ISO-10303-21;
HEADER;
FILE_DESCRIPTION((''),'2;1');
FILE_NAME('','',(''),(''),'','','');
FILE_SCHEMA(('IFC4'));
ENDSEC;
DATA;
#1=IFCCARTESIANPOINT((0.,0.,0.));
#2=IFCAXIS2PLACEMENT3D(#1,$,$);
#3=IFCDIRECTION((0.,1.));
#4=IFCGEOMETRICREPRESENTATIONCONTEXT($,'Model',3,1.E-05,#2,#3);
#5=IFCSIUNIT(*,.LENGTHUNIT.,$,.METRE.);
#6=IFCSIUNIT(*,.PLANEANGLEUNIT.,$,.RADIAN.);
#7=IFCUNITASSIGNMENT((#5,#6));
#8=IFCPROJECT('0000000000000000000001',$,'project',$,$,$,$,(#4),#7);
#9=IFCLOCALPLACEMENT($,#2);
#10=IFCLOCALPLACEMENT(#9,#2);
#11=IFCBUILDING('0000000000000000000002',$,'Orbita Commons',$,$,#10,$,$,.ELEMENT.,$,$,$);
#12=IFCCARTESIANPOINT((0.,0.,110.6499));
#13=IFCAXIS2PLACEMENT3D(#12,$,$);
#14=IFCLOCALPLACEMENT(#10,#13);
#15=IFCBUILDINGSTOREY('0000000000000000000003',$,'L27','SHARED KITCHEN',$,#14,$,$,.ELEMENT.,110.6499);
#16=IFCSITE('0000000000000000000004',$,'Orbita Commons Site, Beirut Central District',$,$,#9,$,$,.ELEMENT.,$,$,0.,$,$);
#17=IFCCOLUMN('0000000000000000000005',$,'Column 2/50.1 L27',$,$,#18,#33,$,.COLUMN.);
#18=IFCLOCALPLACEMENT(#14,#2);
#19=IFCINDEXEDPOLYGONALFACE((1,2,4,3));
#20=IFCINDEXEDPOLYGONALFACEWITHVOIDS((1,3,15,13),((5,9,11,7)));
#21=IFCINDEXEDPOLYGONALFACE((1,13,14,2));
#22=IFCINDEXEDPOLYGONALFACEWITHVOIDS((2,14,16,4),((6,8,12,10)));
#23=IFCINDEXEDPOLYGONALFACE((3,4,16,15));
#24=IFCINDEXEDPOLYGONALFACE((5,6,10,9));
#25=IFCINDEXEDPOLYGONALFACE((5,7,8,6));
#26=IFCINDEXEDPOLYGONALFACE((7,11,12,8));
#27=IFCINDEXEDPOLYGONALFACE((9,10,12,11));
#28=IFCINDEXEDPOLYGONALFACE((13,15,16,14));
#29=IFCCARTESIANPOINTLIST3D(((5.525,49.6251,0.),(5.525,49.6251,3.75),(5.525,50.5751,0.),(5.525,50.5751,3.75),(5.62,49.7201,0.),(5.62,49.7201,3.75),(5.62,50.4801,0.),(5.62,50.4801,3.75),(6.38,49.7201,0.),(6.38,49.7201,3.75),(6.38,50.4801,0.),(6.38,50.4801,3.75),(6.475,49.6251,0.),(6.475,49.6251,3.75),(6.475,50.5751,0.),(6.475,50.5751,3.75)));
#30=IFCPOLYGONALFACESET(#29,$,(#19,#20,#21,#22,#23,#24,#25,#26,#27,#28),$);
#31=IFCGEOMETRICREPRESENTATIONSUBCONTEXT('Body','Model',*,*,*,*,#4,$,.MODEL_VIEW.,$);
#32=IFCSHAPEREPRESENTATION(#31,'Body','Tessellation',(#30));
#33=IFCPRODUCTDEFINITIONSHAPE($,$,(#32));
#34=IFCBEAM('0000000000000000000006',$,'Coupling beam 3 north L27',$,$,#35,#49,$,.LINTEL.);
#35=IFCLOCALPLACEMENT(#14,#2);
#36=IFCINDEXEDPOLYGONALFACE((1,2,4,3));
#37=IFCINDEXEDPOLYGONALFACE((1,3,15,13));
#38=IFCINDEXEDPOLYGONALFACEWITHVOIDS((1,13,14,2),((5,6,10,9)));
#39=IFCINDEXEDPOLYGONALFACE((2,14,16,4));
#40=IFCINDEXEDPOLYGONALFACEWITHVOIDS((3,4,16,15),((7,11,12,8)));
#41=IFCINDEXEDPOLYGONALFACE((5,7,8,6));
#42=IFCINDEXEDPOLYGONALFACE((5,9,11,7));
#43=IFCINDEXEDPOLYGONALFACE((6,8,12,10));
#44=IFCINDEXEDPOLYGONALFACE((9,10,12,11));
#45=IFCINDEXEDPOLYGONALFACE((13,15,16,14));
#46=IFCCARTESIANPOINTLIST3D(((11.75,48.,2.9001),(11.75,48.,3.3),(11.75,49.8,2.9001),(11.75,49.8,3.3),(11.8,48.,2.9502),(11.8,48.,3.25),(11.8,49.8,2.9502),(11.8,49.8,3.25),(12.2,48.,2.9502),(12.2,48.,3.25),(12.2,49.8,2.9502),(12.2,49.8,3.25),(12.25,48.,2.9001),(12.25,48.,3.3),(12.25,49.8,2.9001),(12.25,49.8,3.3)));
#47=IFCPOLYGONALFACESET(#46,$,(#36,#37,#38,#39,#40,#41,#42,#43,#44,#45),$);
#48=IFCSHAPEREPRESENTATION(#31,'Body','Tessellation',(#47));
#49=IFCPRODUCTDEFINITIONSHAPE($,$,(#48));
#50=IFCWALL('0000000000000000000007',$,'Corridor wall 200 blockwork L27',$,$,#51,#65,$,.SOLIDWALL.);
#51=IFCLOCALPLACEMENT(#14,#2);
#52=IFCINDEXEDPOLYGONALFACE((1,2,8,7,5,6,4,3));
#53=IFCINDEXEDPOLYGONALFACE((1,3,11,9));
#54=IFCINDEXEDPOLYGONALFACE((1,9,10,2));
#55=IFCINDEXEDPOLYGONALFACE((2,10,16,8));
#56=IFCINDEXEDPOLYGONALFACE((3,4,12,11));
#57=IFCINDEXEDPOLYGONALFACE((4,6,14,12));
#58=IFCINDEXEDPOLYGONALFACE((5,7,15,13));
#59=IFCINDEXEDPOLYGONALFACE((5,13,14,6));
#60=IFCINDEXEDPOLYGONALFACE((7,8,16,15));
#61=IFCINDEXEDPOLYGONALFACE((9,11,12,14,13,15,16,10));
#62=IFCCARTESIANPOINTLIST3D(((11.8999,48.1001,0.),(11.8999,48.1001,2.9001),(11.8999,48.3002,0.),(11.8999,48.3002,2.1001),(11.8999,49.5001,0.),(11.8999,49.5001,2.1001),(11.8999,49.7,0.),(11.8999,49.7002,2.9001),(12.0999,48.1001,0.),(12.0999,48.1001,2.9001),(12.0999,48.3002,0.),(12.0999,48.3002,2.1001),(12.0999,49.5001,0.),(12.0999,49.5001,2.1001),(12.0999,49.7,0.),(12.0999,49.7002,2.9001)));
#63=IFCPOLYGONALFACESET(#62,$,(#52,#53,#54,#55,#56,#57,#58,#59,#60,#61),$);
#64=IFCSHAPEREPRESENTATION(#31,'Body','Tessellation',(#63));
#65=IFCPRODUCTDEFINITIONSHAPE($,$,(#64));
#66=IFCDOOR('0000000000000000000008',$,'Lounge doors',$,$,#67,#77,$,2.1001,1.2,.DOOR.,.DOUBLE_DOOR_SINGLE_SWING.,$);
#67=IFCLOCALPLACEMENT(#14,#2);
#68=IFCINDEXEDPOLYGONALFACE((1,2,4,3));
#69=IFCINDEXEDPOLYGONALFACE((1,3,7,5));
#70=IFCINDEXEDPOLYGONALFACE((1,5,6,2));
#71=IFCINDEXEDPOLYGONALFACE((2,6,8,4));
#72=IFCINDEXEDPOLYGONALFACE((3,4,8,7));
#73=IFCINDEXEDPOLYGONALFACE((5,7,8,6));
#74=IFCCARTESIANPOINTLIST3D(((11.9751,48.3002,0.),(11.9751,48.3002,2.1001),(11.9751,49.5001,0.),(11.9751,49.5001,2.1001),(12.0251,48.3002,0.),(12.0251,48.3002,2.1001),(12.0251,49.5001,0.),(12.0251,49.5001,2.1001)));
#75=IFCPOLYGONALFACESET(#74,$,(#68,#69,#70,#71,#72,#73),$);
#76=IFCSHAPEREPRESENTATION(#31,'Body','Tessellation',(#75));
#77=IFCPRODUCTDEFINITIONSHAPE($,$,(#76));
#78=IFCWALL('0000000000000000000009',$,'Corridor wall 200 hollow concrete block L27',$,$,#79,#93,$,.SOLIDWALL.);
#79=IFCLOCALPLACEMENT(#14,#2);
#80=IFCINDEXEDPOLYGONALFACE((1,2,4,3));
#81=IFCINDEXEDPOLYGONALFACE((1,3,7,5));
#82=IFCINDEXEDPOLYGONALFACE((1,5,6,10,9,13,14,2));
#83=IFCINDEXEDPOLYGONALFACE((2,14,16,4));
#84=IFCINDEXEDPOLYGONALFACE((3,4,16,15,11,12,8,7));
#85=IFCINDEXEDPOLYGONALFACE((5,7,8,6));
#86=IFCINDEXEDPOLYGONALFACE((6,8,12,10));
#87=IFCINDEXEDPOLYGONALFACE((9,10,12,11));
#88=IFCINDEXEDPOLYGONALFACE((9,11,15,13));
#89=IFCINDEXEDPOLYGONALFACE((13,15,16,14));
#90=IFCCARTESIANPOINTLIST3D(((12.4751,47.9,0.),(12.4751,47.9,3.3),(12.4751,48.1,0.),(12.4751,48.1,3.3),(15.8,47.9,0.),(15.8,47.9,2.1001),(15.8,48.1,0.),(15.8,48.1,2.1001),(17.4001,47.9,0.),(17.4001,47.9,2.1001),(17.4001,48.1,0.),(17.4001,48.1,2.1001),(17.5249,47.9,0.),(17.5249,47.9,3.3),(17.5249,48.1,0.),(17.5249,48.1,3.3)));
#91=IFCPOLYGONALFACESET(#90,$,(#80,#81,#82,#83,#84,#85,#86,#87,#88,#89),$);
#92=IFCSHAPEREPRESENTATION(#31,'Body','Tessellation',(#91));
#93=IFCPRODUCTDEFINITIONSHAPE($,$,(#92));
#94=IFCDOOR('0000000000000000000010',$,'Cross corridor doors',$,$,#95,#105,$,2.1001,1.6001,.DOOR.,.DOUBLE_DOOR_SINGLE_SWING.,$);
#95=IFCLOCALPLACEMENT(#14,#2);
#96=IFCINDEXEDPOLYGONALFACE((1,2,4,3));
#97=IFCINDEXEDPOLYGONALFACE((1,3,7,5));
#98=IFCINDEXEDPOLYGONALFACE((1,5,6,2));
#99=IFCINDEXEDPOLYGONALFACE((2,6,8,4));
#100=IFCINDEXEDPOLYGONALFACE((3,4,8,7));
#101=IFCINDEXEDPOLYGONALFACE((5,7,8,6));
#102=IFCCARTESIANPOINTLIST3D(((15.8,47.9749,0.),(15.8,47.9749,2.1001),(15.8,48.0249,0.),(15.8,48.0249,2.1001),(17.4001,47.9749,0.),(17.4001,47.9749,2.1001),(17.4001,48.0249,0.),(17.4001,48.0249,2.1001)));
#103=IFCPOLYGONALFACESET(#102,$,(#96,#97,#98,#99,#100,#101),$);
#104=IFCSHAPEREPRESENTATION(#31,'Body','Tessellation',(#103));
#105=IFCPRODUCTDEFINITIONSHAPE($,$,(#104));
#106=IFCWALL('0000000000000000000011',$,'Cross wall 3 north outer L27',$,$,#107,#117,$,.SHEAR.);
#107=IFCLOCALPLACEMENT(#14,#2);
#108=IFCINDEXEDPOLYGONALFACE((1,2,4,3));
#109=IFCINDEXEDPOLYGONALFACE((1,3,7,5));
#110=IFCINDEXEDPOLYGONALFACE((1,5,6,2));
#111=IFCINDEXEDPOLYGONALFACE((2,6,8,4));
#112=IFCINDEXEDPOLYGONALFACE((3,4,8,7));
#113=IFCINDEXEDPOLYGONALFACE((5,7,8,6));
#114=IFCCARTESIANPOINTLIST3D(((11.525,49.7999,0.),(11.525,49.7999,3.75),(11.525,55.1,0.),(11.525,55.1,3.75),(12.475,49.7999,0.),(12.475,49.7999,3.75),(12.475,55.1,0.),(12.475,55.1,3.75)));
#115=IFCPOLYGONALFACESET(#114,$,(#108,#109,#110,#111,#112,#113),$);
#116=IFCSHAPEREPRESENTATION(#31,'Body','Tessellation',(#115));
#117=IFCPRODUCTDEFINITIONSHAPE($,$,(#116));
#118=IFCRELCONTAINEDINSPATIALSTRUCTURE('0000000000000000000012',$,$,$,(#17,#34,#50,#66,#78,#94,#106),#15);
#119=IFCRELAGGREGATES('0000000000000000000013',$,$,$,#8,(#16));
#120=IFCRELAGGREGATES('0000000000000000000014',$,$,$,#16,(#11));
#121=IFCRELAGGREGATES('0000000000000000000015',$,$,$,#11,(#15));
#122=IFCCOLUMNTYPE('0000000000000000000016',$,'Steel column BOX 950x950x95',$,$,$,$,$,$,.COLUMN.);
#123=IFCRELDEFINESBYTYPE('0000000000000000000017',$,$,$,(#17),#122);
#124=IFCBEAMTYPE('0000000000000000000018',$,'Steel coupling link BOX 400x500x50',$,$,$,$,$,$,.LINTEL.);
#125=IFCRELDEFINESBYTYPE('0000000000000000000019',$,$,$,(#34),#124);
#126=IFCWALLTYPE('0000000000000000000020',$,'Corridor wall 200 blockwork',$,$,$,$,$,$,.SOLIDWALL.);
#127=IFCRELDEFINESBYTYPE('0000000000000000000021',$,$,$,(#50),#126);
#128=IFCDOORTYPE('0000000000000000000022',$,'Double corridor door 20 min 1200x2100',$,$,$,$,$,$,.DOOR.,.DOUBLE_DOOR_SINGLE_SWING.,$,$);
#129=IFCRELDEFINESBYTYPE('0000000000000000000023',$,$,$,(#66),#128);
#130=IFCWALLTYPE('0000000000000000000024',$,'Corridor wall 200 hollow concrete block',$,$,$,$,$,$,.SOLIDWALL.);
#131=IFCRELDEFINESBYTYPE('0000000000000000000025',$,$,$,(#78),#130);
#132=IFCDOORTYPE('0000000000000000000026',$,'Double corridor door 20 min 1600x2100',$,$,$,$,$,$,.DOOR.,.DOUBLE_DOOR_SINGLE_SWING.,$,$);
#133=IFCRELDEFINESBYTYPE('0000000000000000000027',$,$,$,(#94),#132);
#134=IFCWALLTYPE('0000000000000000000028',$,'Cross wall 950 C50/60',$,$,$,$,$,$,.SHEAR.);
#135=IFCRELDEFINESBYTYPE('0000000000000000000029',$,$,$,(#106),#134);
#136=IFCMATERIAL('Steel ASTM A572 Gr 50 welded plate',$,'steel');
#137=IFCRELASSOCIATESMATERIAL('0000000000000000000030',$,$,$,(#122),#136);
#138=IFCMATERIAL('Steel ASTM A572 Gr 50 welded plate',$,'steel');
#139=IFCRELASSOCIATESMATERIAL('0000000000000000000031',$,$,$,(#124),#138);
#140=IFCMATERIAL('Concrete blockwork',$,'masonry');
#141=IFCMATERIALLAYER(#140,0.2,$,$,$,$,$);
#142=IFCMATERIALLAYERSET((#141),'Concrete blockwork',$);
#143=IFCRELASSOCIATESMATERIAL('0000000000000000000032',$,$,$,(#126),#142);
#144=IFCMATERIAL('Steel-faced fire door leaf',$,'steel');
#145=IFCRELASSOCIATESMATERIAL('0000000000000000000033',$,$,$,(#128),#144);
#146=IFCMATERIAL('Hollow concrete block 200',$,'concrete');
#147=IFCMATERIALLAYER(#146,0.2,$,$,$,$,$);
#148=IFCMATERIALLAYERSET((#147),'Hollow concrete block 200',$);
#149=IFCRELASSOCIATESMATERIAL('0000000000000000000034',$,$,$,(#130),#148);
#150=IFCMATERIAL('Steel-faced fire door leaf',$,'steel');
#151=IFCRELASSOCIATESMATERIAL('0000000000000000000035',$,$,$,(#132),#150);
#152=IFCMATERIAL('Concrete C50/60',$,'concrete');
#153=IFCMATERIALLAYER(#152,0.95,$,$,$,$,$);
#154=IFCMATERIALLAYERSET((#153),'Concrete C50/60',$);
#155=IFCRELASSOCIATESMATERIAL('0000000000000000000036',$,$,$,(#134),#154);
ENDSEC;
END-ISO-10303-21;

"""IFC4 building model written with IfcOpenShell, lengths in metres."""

from ifc_helpers import new_model, si_unit, direction, frame, frame_2d, origin, origin_2d, place, context, subcontext, project, spatial, polyline, rectangle, hollow_rectangle, outline, extrude, material, layer, layer_set, material_profile, profile_set, type_object, element, fill, save


model = new_model("IFC4")

# Units and contexts
model_context = context("Model", 3, precision=1e-05, world=origin(), true_north=direction((0.0, 1.0)))
body_context = subcontext(model_context, "Body", "Model", "MODEL_VIEW")
ifc_project = project(units=[si_unit("LENGTHUNIT", "METRE"), si_unit("PLANEANGLEUNIT", "RADIAN")], contexts=[model_context])

# Site, building, storey
site_placement = place(None, origin())
site = spatial("IfcSite", under=ifc_project, at=site_placement, Name="Orbita Commons Site, Beirut Central District", CompositionType="ELEMENT", RefElevation=0.0)
building_placement = place(site_placement, origin())
building = spatial("IfcBuilding", under=site, at=building_placement, Name="Orbita Commons", CompositionType="ELEMENT")
storey_placement = place(building_placement, frame((0.0, 0.0, 110.6499)))
storey = spatial("IfcBuildingStorey", under=building, at=storey_placement, Name="L27", Description="SHARED KITCHEN", CompositionType="ELEMENT", Elevation=110.6499)

# Column
ifc_material_1 = material(Name="Steel ASTM A572 Gr 50 welded plate", Category="steel")
ifc_material_profile_1 = material_profile(ifc_material_1, hollow_rectangle(XDim=0.95, YDim=0.95, WallThickness=0.095, at=origin_2d()), Name="BOX 950x950x95")
ifc_profile_set_1 = profile_set([ifc_material_profile_1], Name="Steel ASTM A572 Gr 50 welded plate")
column_type = type_object("IfcColumnType", Name="Steel column BOX 950x950x95", PredefinedType="COLUMN", material=ifc_profile_set_1)
column_placement = place(storey_placement, frame((6.0, 50.1001, 0.0), z_axis=(0.0, 0.0, 1.0), x_axis=(1.0, 0.0, 0.0)))
element("IfcColumn", 1, at=column_placement, inside=storey, type_object=column_type, Name="Column 2/50.1 L27", PredefinedType="COLUMN", context=body_context, shape_type="SweptSolid", body=[
    extrude(hollow_rectangle(XDim=0.95, YDim=0.95, WallThickness=0.095, at=origin_2d()), origin(), (0.0, 0.0, 1.0), 3.75),
])

# Beam
ifc_material_2 = material(Name="Steel ASTM A572 Gr 50 welded plate", Category="steel")
ifc_material_profile_2 = material_profile(ifc_material_2, hollow_rectangle(XDim=0.5, YDim=0.3999, WallThickness=0.05, at=origin_2d()), Name="BOX 400x500x50")
ifc_profile_set_2 = profile_set([ifc_material_profile_2], Name="Steel ASTM A572 Gr 50 welded plate")
beam_type = type_object("IfcBeamType", Name="Steel coupling link BOX 400x500x50", PredefinedType="LINTEL", material=ifc_profile_set_2)
beam_placement = place(storey_placement, frame((12.0, 48.0, 3.1001), z_axis=(0.0, 1.0, 0.0), x_axis=(-1.0, 0.0, 0.0)))
element("IfcBeam", 2, at=beam_placement, inside=storey, type_object=beam_type, Name="Coupling beam 3 north L27", PredefinedType="LINTEL", context=body_context, shape_type="SweptSolid", body=[
    extrude(hollow_rectangle(XDim=0.5, YDim=0.3999, WallThickness=0.05, at=origin_2d()), origin(), (0.0, 0.0, 1.0), 1.8),
])

# Walls, openings, doors
ifc_material_3 = material(Name="Concrete blockwork", Category="masonry")
ifc_layer_1 = layer(ifc_material_3, 0.2)
ifc_layer_set_1 = layer_set([ifc_layer_1], Name="Concrete blockwork")
wall_type_1 = type_object("IfcWallType", Name="Corridor wall 200 blockwork", PredefinedType="SOLIDWALL", material=ifc_layer_set_1)
wall_1_placement = place(storey_placement, frame((12.0, 48.1001, 0.0), z_axis=(0.0, 0.0, 1.0), x_axis=(0.0, 1.0, 0.0)))
wall_1 = element("IfcWall", 3, at=wall_1_placement, inside=storey, type_object=wall_type_1, Name="Corridor wall 200 blockwork L27", PredefinedType="SOLIDWALL", context=body_context, shape_type="SweptSolid", body=[
    extrude(outline(polyline([(0.0, 0.0), (1.5999, 0.0), (1.6001, 2.9001), (0.0, 2.9001), (0.0, 0.0)])), frame((0.0, 0.1001, 0.0), z_axis=(0.0, -1.0, 0.0), x_axis=(1.0, 0.0, 0.0)), (0.0, 0.0, 1.0), 0.2),
])
opening_1_placement = place(wall_1_placement, frame((0.2, 0.0, 0.0)))
opening_1 = element("IfcOpeningElement", 4, at=opening_1_placement, cuts=wall_1, PredefinedType="OPENING", context=body_context, shape_type="SweptSolid", body=[
    extrude(rectangle(XDim=1.2, YDim=2.1001, at=frame_2d((0.6001, 1.05))), frame((0.0, 0.1099, 0.0), z_axis=(0.0, -1.0, 0.0), x_axis=(1.0, 0.0, 0.0)), (0.0, 0.0, 1.0), 0.22),
])
ifc_material_4 = material(Name="Steel-faced fire door leaf", Category="steel")
door_type_1 = type_object("IfcDoorType", Name="Double corridor door 20 min 1200x2100", OperationType="DOUBLE_DOOR_SINGLE_SWING", PredefinedType="DOOR", material=ifc_material_4)
door_1_placement = place(opening_1_placement, origin())
door_1 = element("IfcDoor", 5, at=door_1_placement, inside=storey, type_object=door_type_1, Name="Lounge doors", OperationType="DOUBLE_DOOR_SINGLE_SWING", OverallHeight=2.1001, OverallWidth=1.2, PredefinedType="DOOR", context=body_context, shape_type="SweptSolid", body=[
    extrude(rectangle(XDim=1.2, YDim=2.1001, at=frame_2d((0.6001, 1.05))), frame((0.0, 0.0249, 0.0), z_axis=(0.0, -1.0, 0.0), x_axis=(1.0, 0.0, 0.0)), (0.0, 0.0, 1.0), 0.05),
])
fill(opening_1, door_1)
ifc_material_5 = material(Name="Hollow concrete block 200", Category="concrete")
ifc_layer_2 = layer(ifc_material_5, 0.2)
ifc_layer_set_2 = layer_set([ifc_layer_2], Name="Hollow concrete block 200")
wall_type_2 = type_object("IfcWallType", Name="Corridor wall 200 hollow concrete block", PredefinedType="SOLIDWALL", material=ifc_layer_set_2)
wall_2_placement = place(storey_placement, frame((12.4751, 48.0, 0.0), z_axis=(0.0, 0.0, 1.0), x_axis=(1.0, 0.0, 0.0)))
wall_2 = element("IfcWall", 6, at=wall_2_placement, inside=storey, type_object=wall_type_2, Name="Corridor wall 200 hollow concrete block L27", PredefinedType="SOLIDWALL", context=body_context, shape_type="SweptSolid", body=[
    extrude(rectangle(XDim=5.0498, YDim=0.2, at=frame_2d((2.5249, 0.0))), origin(), (0.0, 0.0, 1.0), 3.3),
])
opening_2_placement = place(wall_2_placement, frame((3.325, 0.0, 0.0)))
opening_2 = element("IfcOpeningElement", 7, at=opening_2_placement, cuts=wall_2, PredefinedType="OPENING", context=body_context, shape_type="SweptSolid", body=[
    extrude(rectangle(XDim=1.6001, YDim=2.1001, at=frame_2d((0.8, 1.05))), frame((0.0, 0.1099, 0.0), z_axis=(0.0, -1.0, 0.0), x_axis=(1.0, 0.0, 0.0)), (0.0, 0.0, 1.0), 0.22),
])
ifc_material_6 = material(Name="Steel-faced fire door leaf", Category="steel")
door_type_2 = type_object("IfcDoorType", Name="Double corridor door 20 min 1600x2100", OperationType="DOUBLE_DOOR_SINGLE_SWING", PredefinedType="DOOR", material=ifc_material_6)
door_2_placement = place(opening_2_placement, origin())
door_2 = element("IfcDoor", 8, at=door_2_placement, inside=storey, type_object=door_type_2, Name="Cross corridor doors", OperationType="DOUBLE_DOOR_SINGLE_SWING", OverallHeight=2.1001, OverallWidth=1.6001, PredefinedType="DOOR", context=body_context, shape_type="SweptSolid", body=[
    extrude(rectangle(XDim=1.6001, YDim=2.1001, at=frame_2d((0.8, 1.05))), frame((0.0, 0.0249, 0.0), z_axis=(0.0, -1.0, 0.0), x_axis=(1.0, 0.0, 0.0)), (0.0, 0.0, 1.0), 0.05),
])
fill(opening_2, door_2)

# Wall
ifc_material_7 = material(Name="Concrete C50/60", Category="concrete")
ifc_layer_3 = layer(ifc_material_7, 0.95)
ifc_layer_set_3 = layer_set([ifc_layer_3], Name="Concrete C50/60")
wall_type_3 = type_object("IfcWallType", Name="Cross wall 950 C50/60", PredefinedType="SHEAR", material=ifc_layer_set_3)
wall_3_placement = place(storey_placement, frame((12.0, 49.8, 0.0), z_axis=(0.0, 0.0, 1.0), x_axis=(0.0, 1.0, 0.0)))
element("IfcWall", 9, at=wall_3_placement, inside=storey, type_object=wall_type_3, Name="Cross wall 3 north outer L27", PredefinedType="SHEAR", context=body_context, shape_type="SweptSolid", body=[
    extrude(rectangle(XDim=5.3, YDim=0.95, at=frame_2d((2.6499, 0.0))), origin(), (0.0, 0.0, 1.0), 3.75),
])

save(model, "model.ifc")
